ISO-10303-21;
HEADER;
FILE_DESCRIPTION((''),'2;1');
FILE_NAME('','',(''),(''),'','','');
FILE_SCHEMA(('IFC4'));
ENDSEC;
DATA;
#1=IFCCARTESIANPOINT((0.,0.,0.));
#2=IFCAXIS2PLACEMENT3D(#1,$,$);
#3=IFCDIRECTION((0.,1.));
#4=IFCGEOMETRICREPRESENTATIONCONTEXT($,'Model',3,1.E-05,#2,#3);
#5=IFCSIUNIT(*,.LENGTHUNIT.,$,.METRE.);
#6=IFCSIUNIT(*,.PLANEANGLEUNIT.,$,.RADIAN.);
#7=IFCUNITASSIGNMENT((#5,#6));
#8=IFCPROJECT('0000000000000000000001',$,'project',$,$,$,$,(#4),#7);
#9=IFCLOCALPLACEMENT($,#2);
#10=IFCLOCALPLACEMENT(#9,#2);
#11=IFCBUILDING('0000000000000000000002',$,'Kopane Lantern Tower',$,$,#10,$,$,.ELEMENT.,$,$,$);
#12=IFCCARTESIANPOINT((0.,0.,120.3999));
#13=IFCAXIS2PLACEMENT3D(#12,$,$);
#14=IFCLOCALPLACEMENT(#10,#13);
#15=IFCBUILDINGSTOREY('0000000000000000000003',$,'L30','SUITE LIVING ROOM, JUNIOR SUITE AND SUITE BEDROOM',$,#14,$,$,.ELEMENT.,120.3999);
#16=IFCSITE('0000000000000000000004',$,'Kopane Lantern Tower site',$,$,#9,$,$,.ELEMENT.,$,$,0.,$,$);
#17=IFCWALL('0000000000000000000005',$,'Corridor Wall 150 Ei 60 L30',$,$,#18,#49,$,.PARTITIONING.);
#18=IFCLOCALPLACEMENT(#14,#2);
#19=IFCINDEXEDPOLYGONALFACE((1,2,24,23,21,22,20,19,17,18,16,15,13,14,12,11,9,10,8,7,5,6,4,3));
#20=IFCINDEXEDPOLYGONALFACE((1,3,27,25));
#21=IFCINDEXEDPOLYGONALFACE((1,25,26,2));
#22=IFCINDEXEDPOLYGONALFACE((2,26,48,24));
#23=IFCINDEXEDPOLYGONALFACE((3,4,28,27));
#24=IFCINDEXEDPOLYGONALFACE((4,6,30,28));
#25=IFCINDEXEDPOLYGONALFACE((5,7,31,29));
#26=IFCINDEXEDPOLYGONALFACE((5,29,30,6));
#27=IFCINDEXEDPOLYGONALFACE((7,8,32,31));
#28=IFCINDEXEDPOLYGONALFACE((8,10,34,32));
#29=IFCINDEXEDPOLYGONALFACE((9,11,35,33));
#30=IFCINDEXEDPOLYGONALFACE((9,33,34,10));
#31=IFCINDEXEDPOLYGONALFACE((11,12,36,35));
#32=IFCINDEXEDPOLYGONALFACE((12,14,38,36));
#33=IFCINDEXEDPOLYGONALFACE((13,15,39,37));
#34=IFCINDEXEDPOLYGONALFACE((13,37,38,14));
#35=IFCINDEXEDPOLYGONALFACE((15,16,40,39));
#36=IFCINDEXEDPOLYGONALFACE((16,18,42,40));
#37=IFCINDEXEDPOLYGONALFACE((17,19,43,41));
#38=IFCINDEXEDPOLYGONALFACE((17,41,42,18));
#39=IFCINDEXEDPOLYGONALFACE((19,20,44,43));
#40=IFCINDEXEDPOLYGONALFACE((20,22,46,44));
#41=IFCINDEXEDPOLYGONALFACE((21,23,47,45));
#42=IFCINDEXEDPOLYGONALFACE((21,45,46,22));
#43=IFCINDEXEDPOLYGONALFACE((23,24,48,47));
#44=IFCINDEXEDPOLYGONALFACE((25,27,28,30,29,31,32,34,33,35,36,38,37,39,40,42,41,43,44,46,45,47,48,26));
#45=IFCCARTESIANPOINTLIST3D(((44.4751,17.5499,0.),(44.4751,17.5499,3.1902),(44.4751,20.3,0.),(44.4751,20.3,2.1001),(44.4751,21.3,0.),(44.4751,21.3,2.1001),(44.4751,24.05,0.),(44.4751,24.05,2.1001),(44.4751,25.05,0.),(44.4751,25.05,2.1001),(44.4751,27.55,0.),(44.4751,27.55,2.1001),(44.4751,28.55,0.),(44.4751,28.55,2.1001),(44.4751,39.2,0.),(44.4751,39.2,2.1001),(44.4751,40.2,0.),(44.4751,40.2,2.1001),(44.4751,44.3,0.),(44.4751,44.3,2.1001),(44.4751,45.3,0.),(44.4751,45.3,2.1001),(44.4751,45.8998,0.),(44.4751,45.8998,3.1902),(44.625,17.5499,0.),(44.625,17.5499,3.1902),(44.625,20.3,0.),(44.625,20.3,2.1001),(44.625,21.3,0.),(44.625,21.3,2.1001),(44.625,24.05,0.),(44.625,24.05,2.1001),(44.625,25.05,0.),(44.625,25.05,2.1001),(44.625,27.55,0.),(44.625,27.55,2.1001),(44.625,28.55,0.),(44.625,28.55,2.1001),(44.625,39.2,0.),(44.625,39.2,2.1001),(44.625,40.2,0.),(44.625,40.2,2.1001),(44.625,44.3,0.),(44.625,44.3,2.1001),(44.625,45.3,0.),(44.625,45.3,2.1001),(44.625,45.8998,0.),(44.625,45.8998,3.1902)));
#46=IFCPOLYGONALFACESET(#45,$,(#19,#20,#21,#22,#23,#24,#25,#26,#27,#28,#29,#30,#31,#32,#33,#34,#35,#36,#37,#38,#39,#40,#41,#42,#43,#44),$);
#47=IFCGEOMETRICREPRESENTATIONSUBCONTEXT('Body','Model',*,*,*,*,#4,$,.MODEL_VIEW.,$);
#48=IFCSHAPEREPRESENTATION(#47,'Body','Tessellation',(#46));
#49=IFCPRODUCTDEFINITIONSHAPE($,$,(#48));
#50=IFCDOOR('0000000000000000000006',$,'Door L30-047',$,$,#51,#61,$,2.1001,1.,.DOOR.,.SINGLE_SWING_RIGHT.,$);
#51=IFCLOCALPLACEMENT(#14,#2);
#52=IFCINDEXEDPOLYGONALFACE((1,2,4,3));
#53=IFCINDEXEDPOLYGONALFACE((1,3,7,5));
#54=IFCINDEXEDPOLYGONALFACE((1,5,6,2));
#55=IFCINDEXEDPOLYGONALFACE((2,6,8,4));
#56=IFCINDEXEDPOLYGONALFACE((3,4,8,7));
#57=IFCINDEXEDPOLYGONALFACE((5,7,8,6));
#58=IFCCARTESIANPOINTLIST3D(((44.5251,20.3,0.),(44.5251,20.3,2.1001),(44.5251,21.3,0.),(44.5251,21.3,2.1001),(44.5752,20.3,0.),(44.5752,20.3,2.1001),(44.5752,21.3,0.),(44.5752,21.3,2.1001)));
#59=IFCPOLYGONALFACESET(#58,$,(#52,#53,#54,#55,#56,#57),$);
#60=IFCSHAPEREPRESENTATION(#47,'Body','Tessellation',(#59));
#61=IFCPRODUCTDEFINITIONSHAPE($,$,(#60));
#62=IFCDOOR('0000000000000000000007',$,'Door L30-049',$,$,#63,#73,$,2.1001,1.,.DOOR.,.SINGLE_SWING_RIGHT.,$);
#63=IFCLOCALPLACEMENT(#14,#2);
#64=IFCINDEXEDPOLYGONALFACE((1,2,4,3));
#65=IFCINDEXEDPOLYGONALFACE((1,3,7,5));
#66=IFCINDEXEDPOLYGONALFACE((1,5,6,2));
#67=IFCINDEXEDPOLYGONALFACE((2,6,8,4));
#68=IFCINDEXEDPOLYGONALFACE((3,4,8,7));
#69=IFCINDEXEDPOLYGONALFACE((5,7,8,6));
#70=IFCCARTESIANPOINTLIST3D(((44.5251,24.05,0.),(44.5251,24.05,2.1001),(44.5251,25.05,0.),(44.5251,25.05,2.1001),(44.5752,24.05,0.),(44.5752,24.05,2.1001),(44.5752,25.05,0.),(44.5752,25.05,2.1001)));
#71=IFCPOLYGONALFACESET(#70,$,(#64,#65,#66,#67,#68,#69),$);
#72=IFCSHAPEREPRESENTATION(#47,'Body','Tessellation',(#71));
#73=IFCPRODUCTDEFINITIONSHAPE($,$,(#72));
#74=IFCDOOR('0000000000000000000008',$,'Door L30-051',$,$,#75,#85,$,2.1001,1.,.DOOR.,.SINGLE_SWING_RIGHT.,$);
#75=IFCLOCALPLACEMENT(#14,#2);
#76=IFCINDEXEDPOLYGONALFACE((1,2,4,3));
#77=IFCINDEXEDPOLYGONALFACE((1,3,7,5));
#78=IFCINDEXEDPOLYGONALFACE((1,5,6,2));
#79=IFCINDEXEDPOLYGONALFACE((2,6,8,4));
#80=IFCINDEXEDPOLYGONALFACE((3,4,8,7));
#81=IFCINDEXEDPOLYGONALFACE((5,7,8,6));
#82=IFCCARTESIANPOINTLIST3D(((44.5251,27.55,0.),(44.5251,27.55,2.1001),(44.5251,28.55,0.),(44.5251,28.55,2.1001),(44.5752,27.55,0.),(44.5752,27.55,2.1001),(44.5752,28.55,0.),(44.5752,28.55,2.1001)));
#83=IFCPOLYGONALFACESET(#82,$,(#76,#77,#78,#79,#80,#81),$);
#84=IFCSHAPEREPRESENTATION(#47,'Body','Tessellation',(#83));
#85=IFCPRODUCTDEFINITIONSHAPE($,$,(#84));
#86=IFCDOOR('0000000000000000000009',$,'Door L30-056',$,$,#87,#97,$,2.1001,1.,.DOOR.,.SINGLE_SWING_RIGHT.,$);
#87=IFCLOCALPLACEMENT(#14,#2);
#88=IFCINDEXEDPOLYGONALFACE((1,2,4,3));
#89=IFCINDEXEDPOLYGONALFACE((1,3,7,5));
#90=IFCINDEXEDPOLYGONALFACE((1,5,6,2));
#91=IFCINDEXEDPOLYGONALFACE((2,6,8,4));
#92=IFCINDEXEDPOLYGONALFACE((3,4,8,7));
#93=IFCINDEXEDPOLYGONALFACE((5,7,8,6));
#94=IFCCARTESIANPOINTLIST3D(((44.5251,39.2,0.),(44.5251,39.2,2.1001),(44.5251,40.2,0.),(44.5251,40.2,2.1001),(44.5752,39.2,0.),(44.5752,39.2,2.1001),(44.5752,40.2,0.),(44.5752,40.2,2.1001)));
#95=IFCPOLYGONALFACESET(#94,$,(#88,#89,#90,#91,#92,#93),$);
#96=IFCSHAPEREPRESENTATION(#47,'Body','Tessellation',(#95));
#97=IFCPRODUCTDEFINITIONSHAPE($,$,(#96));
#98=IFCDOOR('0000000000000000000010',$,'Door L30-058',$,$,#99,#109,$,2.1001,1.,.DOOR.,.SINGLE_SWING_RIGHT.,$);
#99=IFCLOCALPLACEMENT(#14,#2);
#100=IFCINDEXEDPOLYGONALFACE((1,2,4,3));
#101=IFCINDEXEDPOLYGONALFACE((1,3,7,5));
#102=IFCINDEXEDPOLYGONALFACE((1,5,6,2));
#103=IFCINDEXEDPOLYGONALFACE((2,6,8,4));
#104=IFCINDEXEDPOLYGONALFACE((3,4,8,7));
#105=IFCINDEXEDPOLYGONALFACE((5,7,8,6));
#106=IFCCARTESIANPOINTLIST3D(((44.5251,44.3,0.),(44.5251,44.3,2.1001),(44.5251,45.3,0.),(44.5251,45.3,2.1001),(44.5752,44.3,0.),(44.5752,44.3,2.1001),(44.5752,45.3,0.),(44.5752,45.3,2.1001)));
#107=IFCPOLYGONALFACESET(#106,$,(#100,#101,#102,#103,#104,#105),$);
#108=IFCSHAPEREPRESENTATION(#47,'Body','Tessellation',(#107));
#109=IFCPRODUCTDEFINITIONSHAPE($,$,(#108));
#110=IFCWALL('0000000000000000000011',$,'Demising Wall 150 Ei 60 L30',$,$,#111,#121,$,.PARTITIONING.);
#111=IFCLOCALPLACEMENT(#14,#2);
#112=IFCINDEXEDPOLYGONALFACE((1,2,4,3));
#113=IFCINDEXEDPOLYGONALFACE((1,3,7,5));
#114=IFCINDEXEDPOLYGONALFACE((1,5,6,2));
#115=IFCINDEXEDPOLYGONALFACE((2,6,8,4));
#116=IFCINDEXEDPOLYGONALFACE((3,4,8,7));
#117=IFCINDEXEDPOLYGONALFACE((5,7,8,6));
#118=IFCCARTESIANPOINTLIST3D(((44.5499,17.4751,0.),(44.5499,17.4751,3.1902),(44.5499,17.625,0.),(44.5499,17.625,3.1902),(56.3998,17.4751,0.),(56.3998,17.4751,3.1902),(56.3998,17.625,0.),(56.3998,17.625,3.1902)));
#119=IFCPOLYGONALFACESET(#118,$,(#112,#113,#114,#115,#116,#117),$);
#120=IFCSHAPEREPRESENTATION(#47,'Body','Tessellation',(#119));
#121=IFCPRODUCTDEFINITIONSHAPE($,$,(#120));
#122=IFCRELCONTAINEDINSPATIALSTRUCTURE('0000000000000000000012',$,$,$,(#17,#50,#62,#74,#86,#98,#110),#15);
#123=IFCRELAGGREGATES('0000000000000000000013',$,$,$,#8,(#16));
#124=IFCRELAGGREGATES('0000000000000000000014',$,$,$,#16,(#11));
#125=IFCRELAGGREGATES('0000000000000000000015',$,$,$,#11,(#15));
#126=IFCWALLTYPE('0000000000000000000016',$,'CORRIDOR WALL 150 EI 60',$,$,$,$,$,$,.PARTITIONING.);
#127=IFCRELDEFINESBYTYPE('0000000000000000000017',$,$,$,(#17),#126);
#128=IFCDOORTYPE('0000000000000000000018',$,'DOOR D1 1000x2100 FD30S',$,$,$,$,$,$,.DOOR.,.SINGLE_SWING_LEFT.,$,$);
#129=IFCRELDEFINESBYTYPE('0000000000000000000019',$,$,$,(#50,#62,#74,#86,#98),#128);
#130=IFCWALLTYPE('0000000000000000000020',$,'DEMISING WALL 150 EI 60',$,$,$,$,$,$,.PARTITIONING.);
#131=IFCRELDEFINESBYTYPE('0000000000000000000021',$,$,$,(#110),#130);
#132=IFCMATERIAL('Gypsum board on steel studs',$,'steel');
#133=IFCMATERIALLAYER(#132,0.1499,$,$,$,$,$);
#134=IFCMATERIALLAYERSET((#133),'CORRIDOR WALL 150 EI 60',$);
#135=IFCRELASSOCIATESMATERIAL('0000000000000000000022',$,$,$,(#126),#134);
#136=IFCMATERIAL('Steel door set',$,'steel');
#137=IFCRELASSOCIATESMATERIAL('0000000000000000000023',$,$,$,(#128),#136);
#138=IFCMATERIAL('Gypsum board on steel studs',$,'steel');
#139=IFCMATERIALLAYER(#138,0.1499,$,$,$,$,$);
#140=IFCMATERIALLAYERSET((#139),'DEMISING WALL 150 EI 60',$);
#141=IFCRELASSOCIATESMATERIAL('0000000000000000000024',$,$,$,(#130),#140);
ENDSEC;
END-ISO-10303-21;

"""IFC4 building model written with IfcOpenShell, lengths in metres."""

from ifc_helpers import new_model, si_unit, direction, frame, frame_2d, origin, place, context, subcontext, project, spatial, rectangle, extrude, material, layer, layer_set, type_object, element, fill, save


model = new_model("IFC4")

# Units and contexts
model_context = context("Model", 3, precision=1e-05, world=origin(), true_north=direction((0.0, 1.0)))
body_context = subcontext(model_context, "Body", "Model", "MODEL_VIEW")
ifc_project = project(units=[si_unit("LENGTHUNIT", "METRE"), si_unit("PLANEANGLEUNIT", "RADIAN")], contexts=[model_context])

# Site, building, storey
site_placement = place(None, origin())
site = spatial("IfcSite", under=ifc_project, at=site_placement, Name="Kopane Lantern Tower site", CompositionType="ELEMENT", RefElevation=0.0)
building_placement = place(site_placement, origin())
building = spatial("IfcBuilding", under=site, at=building_placement, Name="Kopane Lantern Tower", CompositionType="ELEMENT")
storey_placement = place(building_placement, frame((0.0, 0.0, 120.3999)))
storey = spatial("IfcBuildingStorey", under=building, at=storey_placement, Name="L30", Description="SUITE LIVING ROOM, JUNIOR SUITE AND SUITE BEDROOM", CompositionType="ELEMENT", Elevation=120.3999)

# Wall, openings, doors
ifc_material_1 = material(Name="Gypsum board on steel studs", Category="steel")
ifc_layer_1 = layer(ifc_material_1, 0.1499)
ifc_layer_set_1 = layer_set([ifc_layer_1], Name="CORRIDOR WALL 150 EI 60")
wall_type_1 = type_object("IfcWallType", Name="CORRIDOR WALL 150 EI 60", PredefinedType="PARTITIONING", material=ifc_layer_set_1)
wall_1_placement = place(storey_placement, frame((44.55, 17.55, 0.0), z_axis=(0.0, 0.0, 1.0), x_axis=(0.0, 1.0, 0.0)))
wall_1 = element("IfcWall", 1, at=wall_1_placement, inside=storey, type_object=wall_type_1, Name="Corridor Wall 150 Ei 60 L30", PredefinedType="PARTITIONING", context=body_context, shape_type="SweptSolid", body=[
    extrude(rectangle(XDim=28.3499, YDim=0.1499, at=frame_2d((14.1748, 0.0))), origin(), (0.0, 0.0, 1.0), 3.1902),
])
opening_1_placement = place(wall_1_placement, frame((2.75, 0.0, 0.0)))
opening_1 = element("IfcOpeningElement", 2, at=opening_1_placement, cuts=wall_1, PredefinedType="OPENING", context=body_context, shape_type="SweptSolid", body=[
    extrude(rectangle(XDim=1.0, YDim=2.1001, at=frame_2d((0.5, 1.05))), frame((0.0, 0.085, 0.0), z_axis=(0.0, -1.0, 0.0), x_axis=(1.0, 0.0, 0.0)), (0.0, 0.0, 1.0), 0.1699),
])
opening_2_placement = place(wall_1_placement, frame((6.5, 0.0, 0.0)))
opening_2 = element("IfcOpeningElement", 3, at=opening_2_placement, cuts=wall_1, PredefinedType="OPENING", context=body_context, shape_type="SweptSolid", body=[
    extrude(rectangle(XDim=1.0, YDim=2.1001, at=frame_2d((0.5, 1.05))), frame((0.0, 0.085, 0.0), z_axis=(0.0, -1.0, 0.0), x_axis=(1.0, 0.0, 0.0)), (0.0, 0.0, 1.0), 0.1699),
])
opening_3_placement = place(wall_1_placement, frame((10.0, 0.0, 0.0)))
opening_3 = element("IfcOpeningElement", 4, at=opening_3_placement, cuts=wall_1, PredefinedType="OPENING", context=body_context, shape_type="SweptSolid", body=[
    extrude(rectangle(XDim=1.0, YDim=2.1001, at=frame_2d((0.5, 1.05))), frame((0.0, 0.085, 0.0), z_axis=(0.0, -1.0, 0.0), x_axis=(1.0, 0.0, 0.0)), (0.0, 0.0, 1.0), 0.1699),
])
opening_4_placement = place(wall_1_placement, frame((21.6499, 0.0, 0.0)))
opening_4 = element("IfcOpeningElement", 5, at=opening_4_placement, cuts=wall_1, PredefinedType="OPENING", context=body_context, shape_type="SweptSolid", body=[
    extrude(rectangle(XDim=1.0, YDim=2.1001, at=frame_2d((0.5, 1.05))), frame((0.0, 0.085, 0.0), z_axis=(0.0, -1.0, 0.0), x_axis=(1.0, 0.0, 0.0)), (0.0, 0.0, 1.0), 0.1699),
])
opening_5_placement = place(wall_1_placement, frame((26.75, 0.0, 0.0)))
opening_5 = element("IfcOpeningElement", 6, at=opening_5_placement, cuts=wall_1, PredefinedType="OPENING", context=body_context, shape_type="SweptSolid", body=[
    extrude(rectangle(XDim=1.0, YDim=2.1001, at=frame_2d((0.5, 1.05))), frame((0.0, 0.085, 0.0), z_axis=(0.0, -1.0, 0.0), x_axis=(1.0, 0.0, 0.0)), (0.0, 0.0, 1.0), 0.1699),
])
ifc_material_2 = material(Name="Steel door set", Category="steel")
door_type_1 = type_object("IfcDoorType", Name="DOOR D1 1000x2100 FD30S", OperationType="SINGLE_SWING_LEFT", PredefinedType="DOOR", material=ifc_material_2)
door_1_placement = place(opening_1_placement, origin())
door_1 = element("IfcDoor", 7, at=door_1_placement, inside=storey, type_object=door_type_1, Name="Door L30-047", OperationType="SINGLE_SWING_RIGHT", OverallHeight=2.1001, OverallWidth=1.0, PredefinedType="DOOR", context=body_context, shape_type="SweptSolid", body=[
    extrude(rectangle(XDim=1.0, YDim=2.1001, at=frame_2d((0.5, 1.05))), frame((0.0, 0.0249, 0.0), z_axis=(0.0, -1.0, 0.0), x_axis=(1.0, 0.0, 0.0)), (0.0, 0.0, 1.0), 0.05),
])
fill(opening_1, door_1)
door_2_placement = place(opening_2_placement, origin())
door_2 = element("IfcDoor", 8, at=door_2_placement, inside=storey, type_object=door_type_1, Name="Door L30-049", OperationType="SINGLE_SWING_RIGHT", OverallHeight=2.1001, OverallWidth=1.0, PredefinedType="DOOR", context=body_context, shape_type="SweptSolid", body=[
    extrude(rectangle(XDim=1.0, YDim=2.1001, at=frame_2d((0.5, 1.05))), frame((0.0, 0.0249, 0.0), z_axis=(0.0, -1.0, 0.0), x_axis=(1.0, 0.0, 0.0)), (0.0, 0.0, 1.0), 0.05),
])
fill(opening_2, door_2)
door_3_placement = place(opening_3_placement, origin())
door_3 = element("IfcDoor", 9, at=door_3_placement, inside=storey, type_object=door_type_1, Name="Door L30-051", OperationType="SINGLE_SWING_RIGHT", OverallHeight=2.1001, OverallWidth=1.0, PredefinedType="DOOR", context=body_context, shape_type="SweptSolid", body=[
    extrude(rectangle(XDim=1.0, YDim=2.1001, at=frame_2d((0.5, 1.05))), frame((0.0, 0.0249, 0.0), z_axis=(0.0, -1.0, 0.0), x_axis=(1.0, 0.0, 0.0)), (0.0, 0.0, 1.0), 0.05),
])
fill(opening_3, door_3)
door_4_placement = place(opening_4_placement, origin())
door_4 = element("IfcDoor", 10, at=door_4_placement, inside=storey, type_object=door_type_1, Name="Door L30-056", OperationType="SINGLE_SWING_RIGHT", OverallHeight=2.1001, OverallWidth=1.0, PredefinedType="DOOR", context=body_context, shape_type="SweptSolid", body=[
    extrude(rectangle(XDim=1.0, YDim=2.1001, at=frame_2d((0.5, 1.05))), frame((0.0, 0.0249, 0.0), z_axis=(0.0, -1.0, 0.0), x_axis=(1.0, 0.0, 0.0)), (0.0, 0.0, 1.0), 0.05),
])
fill(opening_4, door_4)
door_5_placement = place(opening_5_placement, origin())
door_5 = element("IfcDoor", 11, at=door_5_placement, inside=storey, type_object=door_type_1, Name="Door L30-058", OperationType="SINGLE_SWING_RIGHT", OverallHeight=2.1001, OverallWidth=1.0, PredefinedType="DOOR", context=body_context, shape_type="SweptSolid", body=[
    extrude(rectangle(XDim=1.0, YDim=2.1001, at=frame_2d((0.5, 1.05))), frame((0.0, 0.0249, 0.0), z_axis=(0.0, -1.0, 0.0), x_axis=(1.0, 0.0, 0.0)), (0.0, 0.0, 1.0), 0.05),
])
fill(opening_5, door_5)

# Wall
ifc_material_3 = material(Name="Gypsum board on steel studs", Category="steel")
ifc_layer_2 = layer(ifc_material_3, 0.1499)
ifc_layer_set_2 = layer_set([ifc_layer_2], Name="DEMISING WALL 150 EI 60")
wall_type_2 = type_object("IfcWallType", Name="DEMISING WALL 150 EI 60", PredefinedType="PARTITIONING", material=ifc_layer_set_2)
wall_2_placement = place(storey_placement, frame((44.55, 17.55, 0.0), z_axis=(0.0, 0.0, 1.0), x_axis=(1.0, 0.0, 0.0)))
element("IfcWall", 12, at=wall_2_placement, inside=storey, type_object=wall_type_2, Name="Demising Wall 150 Ei 60 L30", PredefinedType="PARTITIONING", context=body_context, shape_type="SweptSolid", body=[
    extrude(rectangle(XDim=11.8499, YDim=0.1499, at=frame_2d((5.9248, 0.0))), origin(), (0.0, 0.0, 1.0), 3.1902),
])

save(model, "model.ifc")
